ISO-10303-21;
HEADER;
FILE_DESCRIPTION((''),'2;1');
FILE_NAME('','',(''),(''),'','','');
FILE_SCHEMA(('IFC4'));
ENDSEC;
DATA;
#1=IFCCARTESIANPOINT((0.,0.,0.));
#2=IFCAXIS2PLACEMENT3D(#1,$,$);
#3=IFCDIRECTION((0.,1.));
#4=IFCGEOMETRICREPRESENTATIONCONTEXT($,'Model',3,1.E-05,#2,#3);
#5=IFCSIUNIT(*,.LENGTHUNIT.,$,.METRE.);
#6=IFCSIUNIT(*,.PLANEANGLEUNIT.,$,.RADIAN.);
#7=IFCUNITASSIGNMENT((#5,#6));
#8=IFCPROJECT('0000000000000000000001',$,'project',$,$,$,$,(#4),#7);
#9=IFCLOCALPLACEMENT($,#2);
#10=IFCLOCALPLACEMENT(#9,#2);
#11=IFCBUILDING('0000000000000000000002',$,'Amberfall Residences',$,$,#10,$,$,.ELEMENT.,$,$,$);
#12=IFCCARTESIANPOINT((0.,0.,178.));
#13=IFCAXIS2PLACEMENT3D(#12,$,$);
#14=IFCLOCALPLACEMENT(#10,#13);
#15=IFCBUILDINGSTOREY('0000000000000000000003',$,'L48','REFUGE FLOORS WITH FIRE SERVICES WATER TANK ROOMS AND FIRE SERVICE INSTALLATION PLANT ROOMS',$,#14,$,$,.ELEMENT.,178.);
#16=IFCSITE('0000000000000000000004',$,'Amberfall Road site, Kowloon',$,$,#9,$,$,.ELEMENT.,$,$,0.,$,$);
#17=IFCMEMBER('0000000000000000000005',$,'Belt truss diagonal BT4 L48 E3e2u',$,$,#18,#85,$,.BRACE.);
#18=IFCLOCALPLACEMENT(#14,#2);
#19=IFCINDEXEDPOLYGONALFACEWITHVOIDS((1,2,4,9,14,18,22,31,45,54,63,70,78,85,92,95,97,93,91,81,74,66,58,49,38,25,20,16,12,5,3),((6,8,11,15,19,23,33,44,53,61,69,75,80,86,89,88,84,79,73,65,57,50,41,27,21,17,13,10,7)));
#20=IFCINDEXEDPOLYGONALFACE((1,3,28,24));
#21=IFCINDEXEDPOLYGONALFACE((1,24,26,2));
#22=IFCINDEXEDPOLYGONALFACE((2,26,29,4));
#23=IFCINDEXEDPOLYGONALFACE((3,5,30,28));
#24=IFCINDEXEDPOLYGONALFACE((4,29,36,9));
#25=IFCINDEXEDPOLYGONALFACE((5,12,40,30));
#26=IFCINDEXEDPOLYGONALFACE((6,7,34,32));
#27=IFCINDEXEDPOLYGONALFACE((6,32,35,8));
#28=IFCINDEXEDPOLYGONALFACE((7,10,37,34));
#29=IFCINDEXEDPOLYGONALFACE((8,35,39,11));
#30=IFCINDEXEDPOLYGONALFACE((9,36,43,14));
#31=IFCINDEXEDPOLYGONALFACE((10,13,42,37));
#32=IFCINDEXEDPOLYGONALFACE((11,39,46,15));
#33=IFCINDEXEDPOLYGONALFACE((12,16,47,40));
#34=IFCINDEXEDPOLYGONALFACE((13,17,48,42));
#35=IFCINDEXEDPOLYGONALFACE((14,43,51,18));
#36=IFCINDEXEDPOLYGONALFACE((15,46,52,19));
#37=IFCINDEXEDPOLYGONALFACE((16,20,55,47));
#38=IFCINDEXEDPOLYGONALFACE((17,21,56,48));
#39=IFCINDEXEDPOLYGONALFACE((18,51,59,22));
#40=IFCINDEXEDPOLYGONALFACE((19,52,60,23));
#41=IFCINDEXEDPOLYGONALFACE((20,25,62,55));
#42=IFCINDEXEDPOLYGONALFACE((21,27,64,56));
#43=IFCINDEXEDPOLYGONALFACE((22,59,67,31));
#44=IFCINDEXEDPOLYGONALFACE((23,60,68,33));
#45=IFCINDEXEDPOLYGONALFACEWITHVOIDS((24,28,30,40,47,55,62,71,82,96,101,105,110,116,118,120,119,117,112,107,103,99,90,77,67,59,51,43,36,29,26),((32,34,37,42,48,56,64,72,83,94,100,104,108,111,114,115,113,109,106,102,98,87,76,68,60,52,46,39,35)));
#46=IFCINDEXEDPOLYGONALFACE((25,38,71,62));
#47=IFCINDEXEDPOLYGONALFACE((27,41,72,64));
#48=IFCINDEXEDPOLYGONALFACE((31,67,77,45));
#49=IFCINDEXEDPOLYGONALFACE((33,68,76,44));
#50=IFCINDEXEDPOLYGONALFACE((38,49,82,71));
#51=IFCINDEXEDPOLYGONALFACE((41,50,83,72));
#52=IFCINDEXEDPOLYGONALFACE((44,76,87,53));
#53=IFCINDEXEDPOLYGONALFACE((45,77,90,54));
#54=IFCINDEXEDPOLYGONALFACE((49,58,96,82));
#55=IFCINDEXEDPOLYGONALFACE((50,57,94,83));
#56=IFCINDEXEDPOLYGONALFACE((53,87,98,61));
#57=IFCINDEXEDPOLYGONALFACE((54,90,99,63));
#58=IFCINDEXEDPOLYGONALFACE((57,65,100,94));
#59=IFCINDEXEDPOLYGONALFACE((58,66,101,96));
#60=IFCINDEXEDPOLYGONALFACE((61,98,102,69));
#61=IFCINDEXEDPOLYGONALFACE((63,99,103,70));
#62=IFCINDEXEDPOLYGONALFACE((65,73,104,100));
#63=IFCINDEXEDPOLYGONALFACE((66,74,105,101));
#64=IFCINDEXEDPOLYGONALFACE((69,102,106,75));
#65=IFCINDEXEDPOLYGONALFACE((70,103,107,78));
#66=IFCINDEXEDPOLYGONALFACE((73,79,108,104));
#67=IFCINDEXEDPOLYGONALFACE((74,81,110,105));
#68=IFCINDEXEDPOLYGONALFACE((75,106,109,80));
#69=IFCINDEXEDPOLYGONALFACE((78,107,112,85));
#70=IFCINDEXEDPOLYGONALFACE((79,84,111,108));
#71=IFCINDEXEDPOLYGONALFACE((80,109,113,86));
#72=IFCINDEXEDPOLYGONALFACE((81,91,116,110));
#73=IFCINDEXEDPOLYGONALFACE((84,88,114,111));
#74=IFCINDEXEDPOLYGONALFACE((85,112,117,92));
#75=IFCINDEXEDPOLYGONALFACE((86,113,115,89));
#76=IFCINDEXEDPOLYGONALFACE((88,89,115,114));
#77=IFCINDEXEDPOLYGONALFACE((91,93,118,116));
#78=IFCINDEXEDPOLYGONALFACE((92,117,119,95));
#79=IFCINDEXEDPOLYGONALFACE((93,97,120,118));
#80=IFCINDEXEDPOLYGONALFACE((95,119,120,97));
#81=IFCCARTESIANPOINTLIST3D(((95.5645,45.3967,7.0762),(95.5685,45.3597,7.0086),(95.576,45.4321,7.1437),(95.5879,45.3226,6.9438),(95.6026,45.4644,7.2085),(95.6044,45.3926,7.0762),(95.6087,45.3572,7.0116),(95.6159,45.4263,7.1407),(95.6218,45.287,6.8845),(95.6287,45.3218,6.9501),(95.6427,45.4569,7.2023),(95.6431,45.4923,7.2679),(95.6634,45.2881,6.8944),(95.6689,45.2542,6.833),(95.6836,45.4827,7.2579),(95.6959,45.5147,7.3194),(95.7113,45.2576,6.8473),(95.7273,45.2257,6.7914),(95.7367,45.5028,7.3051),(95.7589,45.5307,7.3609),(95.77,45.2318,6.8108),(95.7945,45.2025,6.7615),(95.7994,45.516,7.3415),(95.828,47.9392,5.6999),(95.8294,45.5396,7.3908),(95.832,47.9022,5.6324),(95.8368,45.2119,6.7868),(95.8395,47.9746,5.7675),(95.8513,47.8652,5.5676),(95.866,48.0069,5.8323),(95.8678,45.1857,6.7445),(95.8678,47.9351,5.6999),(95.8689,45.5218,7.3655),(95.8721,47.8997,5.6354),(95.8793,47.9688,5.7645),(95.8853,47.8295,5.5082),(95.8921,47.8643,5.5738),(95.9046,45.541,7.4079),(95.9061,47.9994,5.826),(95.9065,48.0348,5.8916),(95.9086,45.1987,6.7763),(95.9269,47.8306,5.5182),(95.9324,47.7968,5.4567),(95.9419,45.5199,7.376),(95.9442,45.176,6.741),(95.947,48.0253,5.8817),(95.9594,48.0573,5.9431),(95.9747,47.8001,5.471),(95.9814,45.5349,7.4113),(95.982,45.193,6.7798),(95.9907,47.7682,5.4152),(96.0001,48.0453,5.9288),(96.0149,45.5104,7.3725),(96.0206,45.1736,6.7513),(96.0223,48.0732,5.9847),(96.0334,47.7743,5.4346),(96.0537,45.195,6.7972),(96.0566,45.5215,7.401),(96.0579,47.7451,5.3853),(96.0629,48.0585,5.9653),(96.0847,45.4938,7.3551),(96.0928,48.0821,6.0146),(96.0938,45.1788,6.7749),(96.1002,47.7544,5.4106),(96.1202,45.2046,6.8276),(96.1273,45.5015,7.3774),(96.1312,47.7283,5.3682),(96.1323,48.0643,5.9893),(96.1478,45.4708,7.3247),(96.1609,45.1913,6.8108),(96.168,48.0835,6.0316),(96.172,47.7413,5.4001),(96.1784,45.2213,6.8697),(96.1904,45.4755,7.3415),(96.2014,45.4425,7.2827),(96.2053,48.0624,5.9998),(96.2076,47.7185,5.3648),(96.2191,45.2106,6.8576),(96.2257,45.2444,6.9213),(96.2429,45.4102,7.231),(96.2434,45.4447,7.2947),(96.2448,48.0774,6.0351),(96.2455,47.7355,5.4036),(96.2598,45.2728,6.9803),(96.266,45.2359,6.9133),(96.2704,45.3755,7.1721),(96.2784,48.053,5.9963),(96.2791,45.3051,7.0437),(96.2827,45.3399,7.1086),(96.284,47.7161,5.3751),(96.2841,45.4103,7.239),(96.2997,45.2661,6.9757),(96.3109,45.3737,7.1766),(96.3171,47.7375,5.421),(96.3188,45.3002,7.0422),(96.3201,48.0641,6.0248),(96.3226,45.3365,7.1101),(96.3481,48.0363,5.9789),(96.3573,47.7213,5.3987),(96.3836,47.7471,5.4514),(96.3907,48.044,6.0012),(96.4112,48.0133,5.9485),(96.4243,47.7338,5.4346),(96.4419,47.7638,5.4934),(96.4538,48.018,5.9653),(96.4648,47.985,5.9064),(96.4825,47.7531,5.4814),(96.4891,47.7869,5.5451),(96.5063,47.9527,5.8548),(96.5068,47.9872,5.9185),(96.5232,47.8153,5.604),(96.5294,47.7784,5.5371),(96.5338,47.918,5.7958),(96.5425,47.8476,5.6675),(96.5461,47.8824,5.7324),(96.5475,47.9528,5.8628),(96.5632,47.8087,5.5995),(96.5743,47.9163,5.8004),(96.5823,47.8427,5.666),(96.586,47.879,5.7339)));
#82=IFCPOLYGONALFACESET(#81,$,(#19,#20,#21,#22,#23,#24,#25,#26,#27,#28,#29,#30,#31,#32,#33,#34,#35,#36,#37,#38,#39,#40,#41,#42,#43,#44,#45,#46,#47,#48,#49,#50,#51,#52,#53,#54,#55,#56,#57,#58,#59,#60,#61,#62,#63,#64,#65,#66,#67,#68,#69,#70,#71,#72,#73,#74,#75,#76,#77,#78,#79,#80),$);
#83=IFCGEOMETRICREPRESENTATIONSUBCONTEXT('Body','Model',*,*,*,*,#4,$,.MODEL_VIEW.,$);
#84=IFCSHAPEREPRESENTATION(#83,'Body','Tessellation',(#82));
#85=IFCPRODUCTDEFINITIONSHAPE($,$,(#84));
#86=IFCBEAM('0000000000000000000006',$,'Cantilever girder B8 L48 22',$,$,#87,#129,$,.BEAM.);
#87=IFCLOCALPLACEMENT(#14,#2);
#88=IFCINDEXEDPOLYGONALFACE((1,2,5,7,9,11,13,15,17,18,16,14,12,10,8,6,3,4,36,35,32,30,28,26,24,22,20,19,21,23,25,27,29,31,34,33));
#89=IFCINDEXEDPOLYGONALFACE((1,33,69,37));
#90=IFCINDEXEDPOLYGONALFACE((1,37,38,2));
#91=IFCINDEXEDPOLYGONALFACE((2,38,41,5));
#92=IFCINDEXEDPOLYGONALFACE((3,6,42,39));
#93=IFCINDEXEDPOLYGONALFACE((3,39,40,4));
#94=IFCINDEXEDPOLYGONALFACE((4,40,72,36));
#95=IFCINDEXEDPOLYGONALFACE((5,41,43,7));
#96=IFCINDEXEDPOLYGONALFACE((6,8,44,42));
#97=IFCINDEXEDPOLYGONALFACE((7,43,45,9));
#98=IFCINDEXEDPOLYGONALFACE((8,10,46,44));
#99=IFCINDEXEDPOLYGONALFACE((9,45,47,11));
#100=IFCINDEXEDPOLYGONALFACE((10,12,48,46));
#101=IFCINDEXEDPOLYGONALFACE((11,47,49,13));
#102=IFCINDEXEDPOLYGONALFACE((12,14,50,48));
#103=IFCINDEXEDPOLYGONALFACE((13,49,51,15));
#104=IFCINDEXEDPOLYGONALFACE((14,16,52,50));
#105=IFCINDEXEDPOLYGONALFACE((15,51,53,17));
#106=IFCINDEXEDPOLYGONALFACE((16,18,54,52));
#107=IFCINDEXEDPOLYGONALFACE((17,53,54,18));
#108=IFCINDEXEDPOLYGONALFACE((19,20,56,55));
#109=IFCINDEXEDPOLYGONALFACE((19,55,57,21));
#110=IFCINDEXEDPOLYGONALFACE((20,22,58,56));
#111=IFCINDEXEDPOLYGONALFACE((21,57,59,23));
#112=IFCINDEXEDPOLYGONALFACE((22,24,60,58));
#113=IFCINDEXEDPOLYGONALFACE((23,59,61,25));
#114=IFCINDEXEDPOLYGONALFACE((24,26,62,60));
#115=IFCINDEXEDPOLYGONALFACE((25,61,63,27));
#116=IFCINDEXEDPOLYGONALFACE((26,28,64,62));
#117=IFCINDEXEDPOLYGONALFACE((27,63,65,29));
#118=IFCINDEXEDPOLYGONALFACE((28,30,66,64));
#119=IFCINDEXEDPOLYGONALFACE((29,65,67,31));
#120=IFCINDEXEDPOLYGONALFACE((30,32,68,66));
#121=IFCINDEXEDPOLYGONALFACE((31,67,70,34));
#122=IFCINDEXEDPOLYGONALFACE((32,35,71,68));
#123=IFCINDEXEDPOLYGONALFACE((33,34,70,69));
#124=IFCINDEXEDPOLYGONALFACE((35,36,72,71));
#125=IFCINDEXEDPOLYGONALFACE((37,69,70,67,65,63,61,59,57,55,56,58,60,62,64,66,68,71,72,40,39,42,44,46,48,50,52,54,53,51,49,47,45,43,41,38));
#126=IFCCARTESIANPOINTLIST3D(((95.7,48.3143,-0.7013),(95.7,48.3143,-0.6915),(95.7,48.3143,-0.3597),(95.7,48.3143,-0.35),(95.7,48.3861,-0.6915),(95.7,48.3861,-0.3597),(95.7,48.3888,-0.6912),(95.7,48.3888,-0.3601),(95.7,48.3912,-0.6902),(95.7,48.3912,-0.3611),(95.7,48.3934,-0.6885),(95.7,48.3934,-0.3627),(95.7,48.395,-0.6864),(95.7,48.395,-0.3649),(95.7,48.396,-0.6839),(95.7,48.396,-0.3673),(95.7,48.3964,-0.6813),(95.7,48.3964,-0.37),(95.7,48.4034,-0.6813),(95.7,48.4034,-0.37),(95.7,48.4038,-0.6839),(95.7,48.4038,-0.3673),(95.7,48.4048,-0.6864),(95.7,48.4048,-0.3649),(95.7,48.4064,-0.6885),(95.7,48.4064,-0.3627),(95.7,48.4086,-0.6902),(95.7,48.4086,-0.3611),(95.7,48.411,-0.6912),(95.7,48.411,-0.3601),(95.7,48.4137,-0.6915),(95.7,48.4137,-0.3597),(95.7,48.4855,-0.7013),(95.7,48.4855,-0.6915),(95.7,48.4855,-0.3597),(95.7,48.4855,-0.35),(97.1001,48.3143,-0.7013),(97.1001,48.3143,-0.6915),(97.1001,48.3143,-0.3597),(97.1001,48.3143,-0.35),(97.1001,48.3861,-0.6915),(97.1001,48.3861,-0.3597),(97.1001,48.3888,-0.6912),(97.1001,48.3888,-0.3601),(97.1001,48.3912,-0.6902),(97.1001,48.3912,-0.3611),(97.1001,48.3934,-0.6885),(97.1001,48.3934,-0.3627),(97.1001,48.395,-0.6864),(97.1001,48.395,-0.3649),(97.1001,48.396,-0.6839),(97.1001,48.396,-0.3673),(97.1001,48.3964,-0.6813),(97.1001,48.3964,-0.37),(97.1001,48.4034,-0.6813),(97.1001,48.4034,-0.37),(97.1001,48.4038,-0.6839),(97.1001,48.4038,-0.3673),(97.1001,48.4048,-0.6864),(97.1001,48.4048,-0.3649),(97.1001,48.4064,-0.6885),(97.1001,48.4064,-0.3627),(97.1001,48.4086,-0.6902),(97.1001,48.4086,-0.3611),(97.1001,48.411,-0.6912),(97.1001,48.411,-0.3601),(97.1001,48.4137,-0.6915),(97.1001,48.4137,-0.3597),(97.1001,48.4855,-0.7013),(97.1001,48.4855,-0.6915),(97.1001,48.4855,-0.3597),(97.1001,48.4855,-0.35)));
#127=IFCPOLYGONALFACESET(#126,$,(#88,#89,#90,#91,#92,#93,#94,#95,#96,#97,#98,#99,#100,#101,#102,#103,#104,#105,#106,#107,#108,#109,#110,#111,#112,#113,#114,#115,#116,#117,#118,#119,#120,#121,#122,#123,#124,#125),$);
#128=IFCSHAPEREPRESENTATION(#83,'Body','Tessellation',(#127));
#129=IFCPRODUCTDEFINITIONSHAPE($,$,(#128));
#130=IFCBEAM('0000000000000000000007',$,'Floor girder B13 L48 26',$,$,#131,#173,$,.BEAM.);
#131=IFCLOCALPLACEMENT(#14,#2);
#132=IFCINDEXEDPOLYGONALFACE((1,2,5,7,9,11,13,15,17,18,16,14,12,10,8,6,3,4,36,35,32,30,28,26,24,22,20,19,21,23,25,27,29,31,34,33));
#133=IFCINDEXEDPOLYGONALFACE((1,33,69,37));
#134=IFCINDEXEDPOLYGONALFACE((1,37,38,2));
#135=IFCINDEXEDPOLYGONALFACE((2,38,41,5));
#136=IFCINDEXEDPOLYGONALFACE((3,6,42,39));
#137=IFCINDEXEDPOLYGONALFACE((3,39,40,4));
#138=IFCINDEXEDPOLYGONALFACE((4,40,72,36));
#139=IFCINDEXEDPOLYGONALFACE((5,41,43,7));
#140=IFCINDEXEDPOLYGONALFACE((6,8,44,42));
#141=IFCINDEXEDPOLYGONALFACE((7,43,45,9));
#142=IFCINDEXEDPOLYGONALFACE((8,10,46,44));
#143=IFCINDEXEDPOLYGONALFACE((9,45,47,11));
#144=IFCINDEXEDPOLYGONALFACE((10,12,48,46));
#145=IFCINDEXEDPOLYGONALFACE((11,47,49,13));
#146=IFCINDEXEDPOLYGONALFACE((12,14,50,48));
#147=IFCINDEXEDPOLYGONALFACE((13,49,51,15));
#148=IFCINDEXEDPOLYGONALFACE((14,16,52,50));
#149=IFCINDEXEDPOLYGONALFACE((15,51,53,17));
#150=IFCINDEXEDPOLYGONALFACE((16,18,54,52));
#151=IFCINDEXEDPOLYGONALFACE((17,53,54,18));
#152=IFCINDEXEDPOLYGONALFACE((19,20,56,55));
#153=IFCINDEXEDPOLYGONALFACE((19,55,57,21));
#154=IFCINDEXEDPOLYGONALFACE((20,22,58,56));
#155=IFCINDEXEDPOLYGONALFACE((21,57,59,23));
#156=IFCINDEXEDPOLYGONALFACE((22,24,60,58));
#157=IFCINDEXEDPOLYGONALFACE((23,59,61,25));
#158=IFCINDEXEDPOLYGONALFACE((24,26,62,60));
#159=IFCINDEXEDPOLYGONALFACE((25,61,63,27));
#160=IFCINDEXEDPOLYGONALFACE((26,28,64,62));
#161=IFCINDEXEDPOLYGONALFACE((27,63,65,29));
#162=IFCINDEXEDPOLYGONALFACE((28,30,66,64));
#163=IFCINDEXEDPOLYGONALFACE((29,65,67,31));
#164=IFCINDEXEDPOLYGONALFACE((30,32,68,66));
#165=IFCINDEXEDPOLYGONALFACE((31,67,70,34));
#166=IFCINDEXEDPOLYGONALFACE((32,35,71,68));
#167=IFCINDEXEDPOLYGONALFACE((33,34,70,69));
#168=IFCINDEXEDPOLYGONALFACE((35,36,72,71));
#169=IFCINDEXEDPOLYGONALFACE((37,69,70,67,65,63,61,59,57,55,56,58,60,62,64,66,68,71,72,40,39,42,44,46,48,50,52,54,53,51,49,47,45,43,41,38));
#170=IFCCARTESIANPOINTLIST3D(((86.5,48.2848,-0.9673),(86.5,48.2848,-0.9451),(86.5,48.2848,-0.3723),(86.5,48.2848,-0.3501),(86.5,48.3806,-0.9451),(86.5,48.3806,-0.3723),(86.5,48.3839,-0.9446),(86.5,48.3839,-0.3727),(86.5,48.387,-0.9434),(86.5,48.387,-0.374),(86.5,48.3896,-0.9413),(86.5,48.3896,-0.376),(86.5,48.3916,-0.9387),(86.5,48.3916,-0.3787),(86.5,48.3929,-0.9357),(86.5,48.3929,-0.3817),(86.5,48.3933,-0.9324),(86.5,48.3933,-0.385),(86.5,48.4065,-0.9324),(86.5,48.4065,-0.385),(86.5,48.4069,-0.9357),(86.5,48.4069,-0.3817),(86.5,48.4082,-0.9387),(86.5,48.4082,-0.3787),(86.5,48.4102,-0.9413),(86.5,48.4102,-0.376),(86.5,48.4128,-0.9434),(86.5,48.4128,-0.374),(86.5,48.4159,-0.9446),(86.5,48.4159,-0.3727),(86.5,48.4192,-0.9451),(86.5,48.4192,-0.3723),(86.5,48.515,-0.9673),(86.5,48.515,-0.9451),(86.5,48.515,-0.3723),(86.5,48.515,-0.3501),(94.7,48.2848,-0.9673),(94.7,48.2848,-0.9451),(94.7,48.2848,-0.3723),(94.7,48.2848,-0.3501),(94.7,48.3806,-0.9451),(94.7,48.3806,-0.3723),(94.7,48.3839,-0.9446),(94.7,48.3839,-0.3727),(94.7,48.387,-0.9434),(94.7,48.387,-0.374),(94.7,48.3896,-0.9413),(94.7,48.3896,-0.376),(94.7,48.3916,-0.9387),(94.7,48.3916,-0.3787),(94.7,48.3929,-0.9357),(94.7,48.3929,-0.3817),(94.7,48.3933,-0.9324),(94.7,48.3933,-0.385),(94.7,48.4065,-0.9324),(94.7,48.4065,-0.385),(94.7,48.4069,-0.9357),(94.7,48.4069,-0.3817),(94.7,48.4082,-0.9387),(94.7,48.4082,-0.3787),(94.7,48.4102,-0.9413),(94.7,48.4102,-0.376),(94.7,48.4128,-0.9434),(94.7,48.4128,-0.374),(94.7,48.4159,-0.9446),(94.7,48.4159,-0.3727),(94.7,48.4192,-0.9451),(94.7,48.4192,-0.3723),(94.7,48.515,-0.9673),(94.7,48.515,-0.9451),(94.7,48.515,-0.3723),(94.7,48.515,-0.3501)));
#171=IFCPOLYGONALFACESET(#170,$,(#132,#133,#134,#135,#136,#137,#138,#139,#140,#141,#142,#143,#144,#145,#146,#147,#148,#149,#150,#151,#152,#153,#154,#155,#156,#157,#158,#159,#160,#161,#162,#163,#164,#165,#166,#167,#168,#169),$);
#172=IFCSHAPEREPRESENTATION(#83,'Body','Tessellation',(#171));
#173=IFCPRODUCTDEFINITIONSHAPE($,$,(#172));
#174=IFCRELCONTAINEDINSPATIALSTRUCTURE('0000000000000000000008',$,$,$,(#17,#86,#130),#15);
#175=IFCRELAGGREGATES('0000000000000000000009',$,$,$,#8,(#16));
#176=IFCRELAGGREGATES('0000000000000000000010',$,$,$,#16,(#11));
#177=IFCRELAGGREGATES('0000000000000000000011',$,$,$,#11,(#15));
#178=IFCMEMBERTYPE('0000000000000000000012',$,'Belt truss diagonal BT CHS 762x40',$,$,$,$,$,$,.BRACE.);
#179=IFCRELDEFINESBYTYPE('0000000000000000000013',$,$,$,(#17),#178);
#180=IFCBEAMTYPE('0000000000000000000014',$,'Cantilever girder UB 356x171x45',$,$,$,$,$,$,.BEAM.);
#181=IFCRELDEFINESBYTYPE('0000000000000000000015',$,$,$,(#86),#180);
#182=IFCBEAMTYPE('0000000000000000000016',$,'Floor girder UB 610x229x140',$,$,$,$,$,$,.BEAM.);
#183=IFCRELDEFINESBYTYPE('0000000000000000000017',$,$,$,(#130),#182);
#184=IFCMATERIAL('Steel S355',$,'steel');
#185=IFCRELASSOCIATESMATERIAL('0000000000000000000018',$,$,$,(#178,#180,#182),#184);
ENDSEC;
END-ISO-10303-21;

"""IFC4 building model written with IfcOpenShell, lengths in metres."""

from ifc_helpers import new_model, si_unit, direction, frame, origin, origin_2d, place, context, subcontext, project, spatial, hollow_circle, i_section, extrude, material, material_profile, profile_set, type_object, element, save


model = new_model("IFC4")

# Units and contexts
model_context = context("Model", 3, precision=1e-05, world=origin(), true_north=direction((0.0, 1.0)))
body_context = subcontext(model_context, "Body", "Model", "MODEL_VIEW")
ifc_project = project(units=[si_unit("LENGTHUNIT", "METRE"), si_unit("PLANEANGLEUNIT", "RADIAN")], contexts=[model_context])

# Site, building, storey
site_placement = place(None, origin())
site = spatial("IfcSite", under=ifc_project, at=site_placement, Name="Amberfall Road site, Kowloon", CompositionType="ELEMENT", RefElevation=0.0)
building_placement = place(site_placement, origin())
building = spatial("IfcBuilding", under=site, at=building_placement, Name="Amberfall Residences", CompositionType="ELEMENT")
storey_placement = place(building_placement, frame((0.0, 0.0, 178.0)))
storey = spatial("IfcBuildingStorey", under=building, at=storey_placement, Name="L48", Description="REFUGE FLOORS WITH FIRE SERVICES WATER TANK ROOMS AND FIRE SERVICE INSTALLATION PLANT ROOMS", CompositionType="ELEMENT", Elevation=178.0)

# Member
ifc_material_1 = material(Name="Steel S355", Category="steel")
ifc_material_profile_1 = material_profile(ifc_material_1, hollow_circle(Radius=0.3811, WallThickness=0.04, at=origin_2d()), Name="CHS 762x40")
ifc_profile_set_1 = profile_set([ifc_material_profile_1], Name="Steel S355")
member_type_1 = type_object("IfcMemberType", Name="Belt truss diagonal BT CHS 762x40", PredefinedType="BRACE", material=ifc_profile_set_1)
member_1_placement = place(storey_placement, frame((95.9436, 45.3574, 7.0762), z_axis=(0.090742, 0.875802, -0.474064), x_axis=(-0.994675, 0.103059, 0.0)))
element("IfcMember", 1, at=member_1_placement, inside=storey, type_object=member_type_1, Name="Belt truss diagonal BT4 L48 E3e2u", PredefinedType="BRACE", context=body_context, shape_type="SweptSolid", body=[
    extrude(hollow_circle(Radius=0.3811, WallThickness=0.04, at=origin_2d()), origin(), (0.0, 0.0, 1.0), 2.9031),
])

# Beams
ifc_material_profile_2 = material_profile(ifc_material_1, i_section(OverallWidth=0.1711, OverallDepth=0.3513, WebThickness=0.0071, FlangeThickness=0.0098, FilletRadius=0.0103, at=origin_2d()), Name="UB 356x171x45")
ifc_profile_set_2 = profile_set([ifc_material_profile_2], Name="Steel S355")
beam_type_1 = type_object("IfcBeamType", Name="Cantilever girder UB 356x171x45", PredefinedType="BEAM", material=ifc_profile_set_2)
beam_1_placement = place(storey_placement, frame((95.7, 48.3999, -0.5256), z_axis=(1.0, 0.0, 0.0), x_axis=(0.0, 1.0, 0.0)))
element("IfcBeam", 2, at=beam_1_placement, inside=storey, type_object=beam_type_1, Name="Cantilever girder B8 L48 22", PredefinedType="BEAM", context=body_context, shape_type="SweptSolid", body=[
    extrude(i_section(OverallWidth=0.1711, OverallDepth=0.3513, WebThickness=0.0071, FlangeThickness=0.0098, FilletRadius=0.0103, at=origin_2d()), origin(), (0.0, 0.0, 1.0), 1.4001),
])
ifc_material_profile_3 = material_profile(ifc_material_1, i_section(OverallWidth=0.2302, OverallDepth=0.6172, WebThickness=0.0132, FlangeThickness=0.0222, FilletRadius=0.0127, at=origin_2d()), Name="UB 610x229x140")
ifc_profile_set_3 = profile_set([ifc_material_profile_3], Name="Steel S355")
beam_type_2 = type_object("IfcBeamType", Name="Floor girder UB 610x229x140", PredefinedType="BEAM", material=ifc_profile_set_3)
beam_2_placement = place(storey_placement, frame((94.7, 48.3999, -0.6587), z_axis=(-1.0, 0.0, 0.0), x_axis=(0.0, -1.0, 0.0)))
element("IfcBeam", 3, at=beam_2_placement, inside=storey, type_object=beam_type_2, Name="Floor girder B13 L48 26", PredefinedType="BEAM", context=body_context, shape_type="SweptSolid", body=[
    extrude(i_section(OverallWidth=0.2302, OverallDepth=0.6172, WebThickness=0.0132, FlangeThickness=0.0222, FilletRadius=0.0127, at=origin_2d()), origin(), (0.0, 0.0, 1.0), 8.2),
])

save(model, "model.ifc")
